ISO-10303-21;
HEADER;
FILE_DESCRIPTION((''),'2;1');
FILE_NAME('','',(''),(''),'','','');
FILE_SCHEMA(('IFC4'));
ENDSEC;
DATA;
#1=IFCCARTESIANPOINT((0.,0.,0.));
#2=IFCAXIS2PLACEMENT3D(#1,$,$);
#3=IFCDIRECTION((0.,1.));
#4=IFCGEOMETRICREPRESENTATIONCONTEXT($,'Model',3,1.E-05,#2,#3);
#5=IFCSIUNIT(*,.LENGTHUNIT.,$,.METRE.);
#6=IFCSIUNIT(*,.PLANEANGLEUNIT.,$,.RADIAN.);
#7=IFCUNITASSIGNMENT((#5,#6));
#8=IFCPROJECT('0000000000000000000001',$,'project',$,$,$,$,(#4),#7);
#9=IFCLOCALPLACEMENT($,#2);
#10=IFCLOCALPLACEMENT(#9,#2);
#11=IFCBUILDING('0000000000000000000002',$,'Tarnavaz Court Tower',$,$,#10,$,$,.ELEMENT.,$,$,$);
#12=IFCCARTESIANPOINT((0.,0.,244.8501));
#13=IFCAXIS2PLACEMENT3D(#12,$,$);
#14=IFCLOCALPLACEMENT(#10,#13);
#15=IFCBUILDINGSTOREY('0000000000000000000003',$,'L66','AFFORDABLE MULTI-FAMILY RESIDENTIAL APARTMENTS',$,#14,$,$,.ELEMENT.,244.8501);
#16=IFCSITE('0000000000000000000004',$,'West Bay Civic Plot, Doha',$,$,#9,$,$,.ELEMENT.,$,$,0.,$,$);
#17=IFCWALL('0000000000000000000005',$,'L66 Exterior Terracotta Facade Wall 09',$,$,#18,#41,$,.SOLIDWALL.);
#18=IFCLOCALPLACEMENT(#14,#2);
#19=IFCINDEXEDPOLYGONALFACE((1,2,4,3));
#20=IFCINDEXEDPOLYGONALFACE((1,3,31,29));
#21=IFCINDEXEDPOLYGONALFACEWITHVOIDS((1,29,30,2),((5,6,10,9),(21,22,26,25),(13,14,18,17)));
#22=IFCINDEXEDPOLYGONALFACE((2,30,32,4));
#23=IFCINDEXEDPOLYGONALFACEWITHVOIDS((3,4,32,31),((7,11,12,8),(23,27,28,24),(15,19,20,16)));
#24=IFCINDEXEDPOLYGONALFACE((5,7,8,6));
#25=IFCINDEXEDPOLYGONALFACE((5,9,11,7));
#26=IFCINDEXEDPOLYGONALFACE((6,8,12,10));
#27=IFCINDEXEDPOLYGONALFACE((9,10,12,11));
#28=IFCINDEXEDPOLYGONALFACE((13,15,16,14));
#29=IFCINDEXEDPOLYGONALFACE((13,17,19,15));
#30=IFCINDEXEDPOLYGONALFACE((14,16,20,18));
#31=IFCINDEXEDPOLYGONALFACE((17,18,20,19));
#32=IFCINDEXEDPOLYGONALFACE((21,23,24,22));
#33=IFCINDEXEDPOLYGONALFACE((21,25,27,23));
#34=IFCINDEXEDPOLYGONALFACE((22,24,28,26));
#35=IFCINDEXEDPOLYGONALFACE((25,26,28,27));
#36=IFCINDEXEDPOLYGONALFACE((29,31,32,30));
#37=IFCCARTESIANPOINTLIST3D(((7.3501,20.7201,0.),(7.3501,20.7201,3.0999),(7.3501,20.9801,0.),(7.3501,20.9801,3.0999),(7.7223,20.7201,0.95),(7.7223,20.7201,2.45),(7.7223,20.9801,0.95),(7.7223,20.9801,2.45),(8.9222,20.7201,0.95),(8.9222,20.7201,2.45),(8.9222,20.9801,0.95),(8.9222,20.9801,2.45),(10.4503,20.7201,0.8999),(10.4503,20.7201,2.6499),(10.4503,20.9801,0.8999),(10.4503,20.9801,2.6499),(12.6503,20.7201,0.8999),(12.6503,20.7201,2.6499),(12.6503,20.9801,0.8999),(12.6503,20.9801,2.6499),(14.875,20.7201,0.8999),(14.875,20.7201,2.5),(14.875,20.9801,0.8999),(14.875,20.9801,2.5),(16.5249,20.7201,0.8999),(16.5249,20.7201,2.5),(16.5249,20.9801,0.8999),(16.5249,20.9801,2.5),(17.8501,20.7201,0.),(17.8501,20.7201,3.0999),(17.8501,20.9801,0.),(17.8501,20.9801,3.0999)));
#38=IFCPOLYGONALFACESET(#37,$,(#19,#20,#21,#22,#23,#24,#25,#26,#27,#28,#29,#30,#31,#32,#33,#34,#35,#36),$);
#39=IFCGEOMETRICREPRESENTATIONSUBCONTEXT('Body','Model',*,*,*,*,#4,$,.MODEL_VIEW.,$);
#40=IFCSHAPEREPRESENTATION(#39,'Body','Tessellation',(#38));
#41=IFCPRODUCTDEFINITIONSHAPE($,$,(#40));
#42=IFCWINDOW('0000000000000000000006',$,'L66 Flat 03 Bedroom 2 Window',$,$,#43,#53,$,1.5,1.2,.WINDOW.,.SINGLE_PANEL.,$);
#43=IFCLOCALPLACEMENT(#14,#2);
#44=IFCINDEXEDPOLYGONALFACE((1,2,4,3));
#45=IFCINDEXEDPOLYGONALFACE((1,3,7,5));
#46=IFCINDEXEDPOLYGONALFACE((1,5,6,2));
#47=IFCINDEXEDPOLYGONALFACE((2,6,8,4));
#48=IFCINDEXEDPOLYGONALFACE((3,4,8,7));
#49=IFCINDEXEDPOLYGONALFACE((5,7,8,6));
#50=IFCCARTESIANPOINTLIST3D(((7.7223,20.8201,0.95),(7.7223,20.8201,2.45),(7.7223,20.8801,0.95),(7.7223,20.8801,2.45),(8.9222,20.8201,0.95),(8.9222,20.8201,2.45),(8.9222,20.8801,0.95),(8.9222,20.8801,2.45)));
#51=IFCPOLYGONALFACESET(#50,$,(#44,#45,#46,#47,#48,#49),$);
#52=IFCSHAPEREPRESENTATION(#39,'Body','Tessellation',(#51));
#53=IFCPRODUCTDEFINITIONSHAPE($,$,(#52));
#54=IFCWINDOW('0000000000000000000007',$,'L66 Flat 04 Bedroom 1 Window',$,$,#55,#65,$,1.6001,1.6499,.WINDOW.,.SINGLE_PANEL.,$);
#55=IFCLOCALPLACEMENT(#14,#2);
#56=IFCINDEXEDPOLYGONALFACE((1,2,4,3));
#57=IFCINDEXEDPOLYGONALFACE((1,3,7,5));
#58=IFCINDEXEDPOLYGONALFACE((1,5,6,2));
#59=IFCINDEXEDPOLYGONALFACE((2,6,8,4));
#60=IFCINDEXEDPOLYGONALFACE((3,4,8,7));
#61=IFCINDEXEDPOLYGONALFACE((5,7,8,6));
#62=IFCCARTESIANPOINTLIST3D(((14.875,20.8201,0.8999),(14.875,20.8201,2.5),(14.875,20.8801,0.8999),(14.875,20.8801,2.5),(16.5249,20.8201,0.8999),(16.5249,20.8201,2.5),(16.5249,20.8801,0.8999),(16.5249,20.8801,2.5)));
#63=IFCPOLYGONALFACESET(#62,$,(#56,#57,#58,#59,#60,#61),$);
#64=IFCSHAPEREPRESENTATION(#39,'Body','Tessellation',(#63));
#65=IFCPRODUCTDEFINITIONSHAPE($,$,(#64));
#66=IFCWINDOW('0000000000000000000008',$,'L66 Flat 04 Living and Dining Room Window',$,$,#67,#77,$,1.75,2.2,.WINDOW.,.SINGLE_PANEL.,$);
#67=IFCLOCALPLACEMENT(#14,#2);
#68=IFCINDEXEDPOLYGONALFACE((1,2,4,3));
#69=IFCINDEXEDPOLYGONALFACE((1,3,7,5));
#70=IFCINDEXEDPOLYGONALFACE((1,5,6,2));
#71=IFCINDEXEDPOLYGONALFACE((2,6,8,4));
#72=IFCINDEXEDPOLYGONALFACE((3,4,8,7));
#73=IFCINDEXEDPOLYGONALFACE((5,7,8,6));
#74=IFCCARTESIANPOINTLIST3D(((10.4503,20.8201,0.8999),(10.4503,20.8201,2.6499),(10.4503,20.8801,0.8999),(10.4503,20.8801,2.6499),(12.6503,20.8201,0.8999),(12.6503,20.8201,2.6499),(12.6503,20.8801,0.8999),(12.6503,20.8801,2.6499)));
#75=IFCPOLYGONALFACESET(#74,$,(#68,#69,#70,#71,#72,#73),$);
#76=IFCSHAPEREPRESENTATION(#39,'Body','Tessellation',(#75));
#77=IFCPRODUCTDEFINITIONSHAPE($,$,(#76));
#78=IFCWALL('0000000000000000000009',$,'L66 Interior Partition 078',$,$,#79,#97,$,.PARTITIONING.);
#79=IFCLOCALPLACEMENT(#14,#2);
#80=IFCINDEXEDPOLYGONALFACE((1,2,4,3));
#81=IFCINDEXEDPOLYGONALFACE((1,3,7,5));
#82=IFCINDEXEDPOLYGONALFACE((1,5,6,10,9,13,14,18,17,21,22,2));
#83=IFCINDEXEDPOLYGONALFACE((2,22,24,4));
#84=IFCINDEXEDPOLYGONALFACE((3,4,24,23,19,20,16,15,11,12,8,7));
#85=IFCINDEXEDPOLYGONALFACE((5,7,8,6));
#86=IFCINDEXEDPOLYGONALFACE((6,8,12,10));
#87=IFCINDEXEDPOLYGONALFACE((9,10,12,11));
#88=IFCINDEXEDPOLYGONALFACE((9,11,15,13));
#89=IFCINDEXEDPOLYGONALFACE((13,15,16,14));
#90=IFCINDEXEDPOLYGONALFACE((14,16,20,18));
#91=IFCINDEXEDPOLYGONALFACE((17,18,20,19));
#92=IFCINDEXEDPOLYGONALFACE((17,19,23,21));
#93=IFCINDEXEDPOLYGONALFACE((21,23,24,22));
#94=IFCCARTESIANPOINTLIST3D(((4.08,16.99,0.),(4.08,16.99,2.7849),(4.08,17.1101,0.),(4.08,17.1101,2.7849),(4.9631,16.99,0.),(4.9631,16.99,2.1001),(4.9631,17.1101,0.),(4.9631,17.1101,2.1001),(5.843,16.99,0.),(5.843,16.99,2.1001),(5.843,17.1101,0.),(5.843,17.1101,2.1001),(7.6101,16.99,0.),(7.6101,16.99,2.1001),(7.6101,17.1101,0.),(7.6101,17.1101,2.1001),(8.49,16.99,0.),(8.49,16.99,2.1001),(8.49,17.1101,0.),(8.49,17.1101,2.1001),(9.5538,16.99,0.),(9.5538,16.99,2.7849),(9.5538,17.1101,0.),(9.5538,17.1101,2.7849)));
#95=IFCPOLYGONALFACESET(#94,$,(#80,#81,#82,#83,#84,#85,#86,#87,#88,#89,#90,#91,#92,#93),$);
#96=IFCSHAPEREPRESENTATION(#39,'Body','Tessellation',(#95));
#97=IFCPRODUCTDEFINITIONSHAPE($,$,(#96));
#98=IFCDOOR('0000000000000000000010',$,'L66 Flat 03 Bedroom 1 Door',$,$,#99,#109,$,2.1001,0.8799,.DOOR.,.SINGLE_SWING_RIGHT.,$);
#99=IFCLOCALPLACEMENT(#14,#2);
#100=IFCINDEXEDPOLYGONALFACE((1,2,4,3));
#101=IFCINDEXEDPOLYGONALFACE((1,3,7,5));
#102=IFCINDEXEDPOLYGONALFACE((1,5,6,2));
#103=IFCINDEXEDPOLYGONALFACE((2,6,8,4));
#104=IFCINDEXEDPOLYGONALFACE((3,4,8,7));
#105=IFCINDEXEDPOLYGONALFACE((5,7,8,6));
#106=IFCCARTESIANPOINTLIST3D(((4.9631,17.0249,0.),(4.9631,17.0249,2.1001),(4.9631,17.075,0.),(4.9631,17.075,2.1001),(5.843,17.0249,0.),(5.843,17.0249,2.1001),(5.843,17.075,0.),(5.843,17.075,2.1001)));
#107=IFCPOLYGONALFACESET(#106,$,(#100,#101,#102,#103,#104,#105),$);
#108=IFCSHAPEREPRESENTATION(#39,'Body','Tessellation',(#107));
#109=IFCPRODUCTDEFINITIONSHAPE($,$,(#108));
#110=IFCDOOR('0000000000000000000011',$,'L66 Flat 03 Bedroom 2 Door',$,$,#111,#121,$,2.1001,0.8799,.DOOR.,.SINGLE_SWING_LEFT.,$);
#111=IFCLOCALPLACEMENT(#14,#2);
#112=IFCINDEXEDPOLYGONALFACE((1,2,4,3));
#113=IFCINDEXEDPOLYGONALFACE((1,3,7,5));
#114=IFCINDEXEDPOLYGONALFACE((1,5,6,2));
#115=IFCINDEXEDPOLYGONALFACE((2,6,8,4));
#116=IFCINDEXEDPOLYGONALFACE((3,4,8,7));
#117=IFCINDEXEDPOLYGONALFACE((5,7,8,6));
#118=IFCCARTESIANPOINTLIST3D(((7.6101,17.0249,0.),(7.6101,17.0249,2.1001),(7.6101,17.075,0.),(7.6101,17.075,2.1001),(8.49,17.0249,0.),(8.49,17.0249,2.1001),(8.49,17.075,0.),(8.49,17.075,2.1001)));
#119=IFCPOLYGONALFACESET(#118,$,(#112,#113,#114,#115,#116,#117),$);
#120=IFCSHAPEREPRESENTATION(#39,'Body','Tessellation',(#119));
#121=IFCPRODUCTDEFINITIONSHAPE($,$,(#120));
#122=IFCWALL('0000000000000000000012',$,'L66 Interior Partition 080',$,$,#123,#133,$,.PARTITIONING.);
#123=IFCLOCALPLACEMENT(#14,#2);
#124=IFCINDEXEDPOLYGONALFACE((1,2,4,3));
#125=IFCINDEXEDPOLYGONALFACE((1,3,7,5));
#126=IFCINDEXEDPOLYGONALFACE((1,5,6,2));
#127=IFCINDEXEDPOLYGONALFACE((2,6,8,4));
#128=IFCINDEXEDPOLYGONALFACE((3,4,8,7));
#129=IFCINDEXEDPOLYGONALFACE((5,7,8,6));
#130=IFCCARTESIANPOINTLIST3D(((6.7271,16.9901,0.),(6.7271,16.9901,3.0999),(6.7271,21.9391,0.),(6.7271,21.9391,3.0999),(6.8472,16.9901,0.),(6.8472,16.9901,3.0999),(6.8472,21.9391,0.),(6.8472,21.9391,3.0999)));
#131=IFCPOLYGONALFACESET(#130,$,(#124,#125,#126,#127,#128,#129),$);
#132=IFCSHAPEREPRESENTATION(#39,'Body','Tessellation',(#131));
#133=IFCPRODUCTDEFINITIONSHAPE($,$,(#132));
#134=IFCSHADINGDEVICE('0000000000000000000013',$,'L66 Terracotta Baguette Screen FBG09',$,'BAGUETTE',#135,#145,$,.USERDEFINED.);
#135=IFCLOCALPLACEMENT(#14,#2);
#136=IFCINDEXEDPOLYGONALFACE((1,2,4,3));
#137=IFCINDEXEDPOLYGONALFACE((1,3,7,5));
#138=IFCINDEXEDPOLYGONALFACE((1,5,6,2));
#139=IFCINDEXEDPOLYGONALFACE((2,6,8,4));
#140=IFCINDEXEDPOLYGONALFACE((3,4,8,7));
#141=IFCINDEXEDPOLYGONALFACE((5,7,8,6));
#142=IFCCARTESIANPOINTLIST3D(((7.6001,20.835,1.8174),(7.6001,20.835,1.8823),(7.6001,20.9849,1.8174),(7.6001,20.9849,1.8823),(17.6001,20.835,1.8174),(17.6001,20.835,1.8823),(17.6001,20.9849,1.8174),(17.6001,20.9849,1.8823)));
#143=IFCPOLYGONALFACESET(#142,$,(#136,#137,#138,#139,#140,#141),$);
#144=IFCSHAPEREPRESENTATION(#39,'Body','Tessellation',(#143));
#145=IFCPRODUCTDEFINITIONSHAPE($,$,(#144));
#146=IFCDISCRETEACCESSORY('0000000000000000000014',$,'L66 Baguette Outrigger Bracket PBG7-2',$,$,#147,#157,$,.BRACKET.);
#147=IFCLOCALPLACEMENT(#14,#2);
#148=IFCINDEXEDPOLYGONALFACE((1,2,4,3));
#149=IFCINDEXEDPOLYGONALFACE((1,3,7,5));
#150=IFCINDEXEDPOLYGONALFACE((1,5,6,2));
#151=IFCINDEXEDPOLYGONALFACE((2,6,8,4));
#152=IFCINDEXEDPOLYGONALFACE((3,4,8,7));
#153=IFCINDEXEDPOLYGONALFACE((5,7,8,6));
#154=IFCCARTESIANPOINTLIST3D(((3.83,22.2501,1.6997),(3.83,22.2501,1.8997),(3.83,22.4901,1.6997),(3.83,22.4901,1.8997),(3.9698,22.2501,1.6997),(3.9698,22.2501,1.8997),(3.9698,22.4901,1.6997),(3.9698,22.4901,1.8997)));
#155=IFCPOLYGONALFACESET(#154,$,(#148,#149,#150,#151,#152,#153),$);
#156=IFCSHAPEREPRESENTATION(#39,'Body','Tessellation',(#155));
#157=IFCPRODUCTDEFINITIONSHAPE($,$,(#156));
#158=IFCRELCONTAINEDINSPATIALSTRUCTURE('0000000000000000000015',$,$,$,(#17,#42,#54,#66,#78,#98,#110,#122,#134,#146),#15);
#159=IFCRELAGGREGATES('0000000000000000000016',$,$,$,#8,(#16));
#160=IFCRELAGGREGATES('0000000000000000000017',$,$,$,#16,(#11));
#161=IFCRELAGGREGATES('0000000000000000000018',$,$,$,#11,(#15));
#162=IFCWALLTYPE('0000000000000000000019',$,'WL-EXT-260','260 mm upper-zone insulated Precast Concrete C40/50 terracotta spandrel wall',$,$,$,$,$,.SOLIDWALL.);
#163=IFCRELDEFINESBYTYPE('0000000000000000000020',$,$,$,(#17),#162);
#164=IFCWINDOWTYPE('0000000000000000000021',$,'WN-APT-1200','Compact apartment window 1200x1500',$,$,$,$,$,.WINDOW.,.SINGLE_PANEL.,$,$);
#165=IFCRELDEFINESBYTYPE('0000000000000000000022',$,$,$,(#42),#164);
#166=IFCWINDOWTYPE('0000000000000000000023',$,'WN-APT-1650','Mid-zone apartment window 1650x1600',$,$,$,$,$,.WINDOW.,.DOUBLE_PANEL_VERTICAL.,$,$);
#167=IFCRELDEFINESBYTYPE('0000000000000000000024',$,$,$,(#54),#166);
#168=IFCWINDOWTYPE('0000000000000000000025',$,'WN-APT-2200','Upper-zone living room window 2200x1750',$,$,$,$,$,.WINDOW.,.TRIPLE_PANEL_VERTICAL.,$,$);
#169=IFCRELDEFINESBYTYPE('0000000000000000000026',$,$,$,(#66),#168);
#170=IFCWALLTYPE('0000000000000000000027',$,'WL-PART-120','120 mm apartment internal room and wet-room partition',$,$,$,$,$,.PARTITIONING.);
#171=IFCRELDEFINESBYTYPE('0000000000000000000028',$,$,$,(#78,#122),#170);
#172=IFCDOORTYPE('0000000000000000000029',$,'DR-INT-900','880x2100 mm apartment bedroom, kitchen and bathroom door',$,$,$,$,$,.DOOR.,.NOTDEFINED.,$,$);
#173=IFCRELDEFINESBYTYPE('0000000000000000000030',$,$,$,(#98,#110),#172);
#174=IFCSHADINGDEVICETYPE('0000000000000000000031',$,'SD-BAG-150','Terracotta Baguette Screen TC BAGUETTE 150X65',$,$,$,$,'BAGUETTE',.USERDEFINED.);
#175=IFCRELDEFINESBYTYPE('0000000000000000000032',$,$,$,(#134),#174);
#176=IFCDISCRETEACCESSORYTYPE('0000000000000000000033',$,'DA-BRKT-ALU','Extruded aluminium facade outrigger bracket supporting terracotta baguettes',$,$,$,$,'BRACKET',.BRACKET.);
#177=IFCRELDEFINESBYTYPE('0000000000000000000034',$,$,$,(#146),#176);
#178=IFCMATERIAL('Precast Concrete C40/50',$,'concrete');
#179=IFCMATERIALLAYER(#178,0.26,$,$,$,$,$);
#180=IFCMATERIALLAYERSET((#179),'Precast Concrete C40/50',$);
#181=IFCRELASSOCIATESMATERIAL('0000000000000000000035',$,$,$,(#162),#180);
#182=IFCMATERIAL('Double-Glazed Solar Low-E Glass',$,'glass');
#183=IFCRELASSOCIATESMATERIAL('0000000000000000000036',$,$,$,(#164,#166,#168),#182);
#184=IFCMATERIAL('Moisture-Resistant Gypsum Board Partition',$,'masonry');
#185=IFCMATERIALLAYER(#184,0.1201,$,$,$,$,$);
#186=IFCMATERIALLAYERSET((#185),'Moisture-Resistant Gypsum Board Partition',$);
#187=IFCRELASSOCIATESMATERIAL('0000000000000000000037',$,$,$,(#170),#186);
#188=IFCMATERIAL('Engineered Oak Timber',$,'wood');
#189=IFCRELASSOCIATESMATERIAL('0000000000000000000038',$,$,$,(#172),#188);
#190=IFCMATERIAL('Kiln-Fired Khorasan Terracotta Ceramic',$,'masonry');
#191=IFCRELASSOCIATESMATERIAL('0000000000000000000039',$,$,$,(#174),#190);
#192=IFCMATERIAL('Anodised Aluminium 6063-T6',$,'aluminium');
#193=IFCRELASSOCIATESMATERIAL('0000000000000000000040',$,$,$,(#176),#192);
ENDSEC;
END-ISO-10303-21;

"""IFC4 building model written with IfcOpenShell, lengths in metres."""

from ifc_helpers import new_model, si_unit, direction, frame, frame_2d, origin, origin_2d, place, context, subcontext, project, spatial, rectangle, extrude, material, layer, layer_set, material_profile, profile_set, type_object, element, fill, save


model = new_model("IFC4")

# Units and contexts
model_context = context("Model", 3, precision=1e-05, world=origin(), true_north=direction((0.0, 1.0)))
body_context = subcontext(model_context, "Body", "Model", "MODEL_VIEW")
ifc_project = project(units=[si_unit("LENGTHUNIT", "METRE"), si_unit("PLANEANGLEUNIT", "RADIAN")], contexts=[model_context])

# Site, building, storey
site_placement = place(None, origin())
site = spatial("IfcSite", under=ifc_project, at=site_placement, Name="West Bay Civic Plot, Doha", CompositionType="ELEMENT", RefElevation=0.0)
building_placement = place(site_placement, origin())
building = spatial("IfcBuilding", under=site, at=building_placement, Name="Tarnavaz Court Tower", CompositionType="ELEMENT")
storey_placement = place(building_placement, frame((0.0, 0.0, 244.8501)))
storey = spatial("IfcBuildingStorey", under=building, at=storey_placement, Name="L66", Description="AFFORDABLE MULTI-FAMILY RESIDENTIAL APARTMENTS", CompositionType="ELEMENT", Elevation=244.8501)

# Shared definitions
ifc_material_1 = material(Name="Anodised Aluminium 6063-T6", Category="aluminium")
ifc_material_2 = material(Name="Double-Glazed Solar Low-E Glass", Category="glass")

# Shared definitions
ifc_material_3 = material(Name="Precast Concrete C40/50", Category="concrete")
ifc_layer_1 = layer(ifc_material_3, 0.26)
ifc_layer_set_1 = layer_set([ifc_layer_1], Name="Precast Concrete C40/50")
wall_type_1 = type_object("IfcWallType", Name="WL-EXT-260", Description="260 mm upper-zone insulated Precast Concrete C40/50 terracotta spandrel wall", PredefinedType="SOLIDWALL", material=ifc_layer_set_1)

# Wall, openings, windows
wall_1_placement = place(storey_placement, frame((7.3501, 20.8501, 0.0), z_axis=(0.0, 0.0, 1.0), x_axis=(1.0, 0.0, 0.0)))
wall_1 = element("IfcWall", 1, at=wall_1_placement, inside=storey, type_object=wall_type_1, Name="L66 Exterior Terracotta Facade Wall 09", PredefinedType="SOLIDWALL", context=body_context, shape_type="SweptSolid", body=[
    extrude(rectangle(XDim=10.5, YDim=0.26, at=frame_2d((5.25, 0.0))), origin(), (0.0, 0.0, 1.0), 3.0999),
])
opening_1_placement = place(wall_1_placement, frame((0.3721, 0.0, 0.95)))
opening_1 = element("IfcOpeningElement", 2, at=opening_1_placement, cuts=wall_1, PredefinedType="OPENING", context=body_context, shape_type="SweptSolid", body=[
    extrude(rectangle(XDim=1.2, YDim=1.5, at=frame_2d((0.6001, 0.75))), frame((0.0, 0.1399, 0.0), z_axis=(0.0, -1.0, 0.0), x_axis=(1.0, 0.0, 0.0)), (0.0, 0.0, 1.0), 0.28),
])
opening_2_placement = place(wall_1_placement, frame((3.1001, 0.0, 0.8999)))
opening_2 = element("IfcOpeningElement", 3, at=opening_2_placement, cuts=wall_1, PredefinedType="OPENING", context=body_context, shape_type="SweptSolid", body=[
    extrude(rectangle(XDim=2.2, YDim=1.75, at=frame_2d((1.1001, 0.875))), frame((0.0, 0.1399, 0.0), z_axis=(0.0, -1.0, 0.0), x_axis=(1.0, 0.0, 0.0)), (0.0, 0.0, 1.0), 0.28),
])
opening_3_placement = place(wall_1_placement, frame((7.5249, 0.0, 0.8999)))
opening_3 = element("IfcOpeningElement", 4, at=opening_3_placement, cuts=wall_1, PredefinedType="OPENING", context=body_context, shape_type="SweptSolid", body=[
    extrude(rectangle(XDim=1.6499, YDim=1.6001, at=frame_2d((0.825, 0.8))), frame((0.0, 0.1399, 0.0), z_axis=(0.0, -1.0, 0.0), x_axis=(1.0, 0.0, 0.0)), (0.0, 0.0, 1.0), 0.28),
])
window_type_1 = type_object("IfcWindowType", Name="WN-APT-1200", Description="Compact apartment window 1200x1500", PartitioningType="SINGLE_PANEL", PredefinedType="WINDOW", material=ifc_material_2)
window_1_placement = place(opening_1_placement, origin())
window_1 = element("IfcWindow", 5, at=window_1_placement, inside=storey, type_object=window_type_1, Name="L66 Flat 03 Bedroom 2 Window", OverallHeight=1.5, OverallWidth=1.2, PartitioningType="SINGLE_PANEL", PredefinedType="WINDOW", context=body_context, shape_type="SweptSolid", body=[
    extrude(rectangle(XDim=1.2, YDim=1.5, at=frame_2d((0.6001, 0.75))), frame((0.0, 0.03, 0.0), z_axis=(0.0, -1.0, 0.0), x_axis=(1.0, 0.0, 0.0)), (0.0, 0.0, 1.0), 0.0601),
])
fill(opening_1, window_1)
window_type_2 = type_object("IfcWindowType", Name="WN-APT-1650", Description="Mid-zone apartment window 1650x1600", PartitioningType="DOUBLE_PANEL_VERTICAL", PredefinedType="WINDOW", material=ifc_material_2)
window_2_placement = place(opening_3_placement, origin())
window_2 = element("IfcWindow", 6, at=window_2_placement, inside=storey, type_object=window_type_2, Name="L66 Flat 04 Bedroom 1 Window", OverallHeight=1.6001, OverallWidth=1.6499, PartitioningType="SINGLE_PANEL", PredefinedType="WINDOW", context=body_context, shape_type="SweptSolid", body=[
    extrude(rectangle(XDim=1.6499, YDim=1.6001, at=frame_2d((0.825, 0.8))), frame((0.0, 0.03, 0.0), z_axis=(0.0, -1.0, 0.0), x_axis=(1.0, 0.0, 0.0)), (0.0, 0.0, 1.0), 0.0601),
])
fill(opening_3, window_2)
window_type_3 = type_object("IfcWindowType", Name="WN-APT-2200", Description="Upper-zone living room window 2200x1750", PartitioningType="TRIPLE_PANEL_VERTICAL", PredefinedType="WINDOW", material=ifc_material_2)
window_3_placement = place(opening_2_placement, origin())
window_3 = element("IfcWindow", 7, at=window_3_placement, inside=storey, type_object=window_type_3, Name="L66 Flat 04 Living and Dining Room Window", OverallHeight=1.75, OverallWidth=2.2, PartitioningType="SINGLE_PANEL", PredefinedType="WINDOW", context=body_context, shape_type="SweptSolid", body=[
    extrude(rectangle(XDim=2.2, YDim=1.75, at=frame_2d((1.1001, 0.875))), frame((0.0, 0.03, 0.0), z_axis=(0.0, -1.0, 0.0), x_axis=(1.0, 0.0, 0.0)), (0.0, 0.0, 1.0), 0.0601),
])
fill(opening_2, window_3)

# Wall, openings, doors
ifc_material_4 = material(Name="Moisture-Resistant Gypsum Board Partition", Category="masonry")
ifc_layer_2 = layer(ifc_material_4, 0.1201)
ifc_layer_set_2 = layer_set([ifc_layer_2], Name="Moisture-Resistant Gypsum Board Partition")
wall_type_2 = type_object("IfcWallType", Name="WL-PART-120", Description="120 mm apartment internal room and wet-room partition", PredefinedType="PARTITIONING", material=ifc_layer_set_2)
wall_2_placement = place(storey_placement, frame((4.0801, 17.05, 0.0), z_axis=(0.0, 0.0, 1.0), x_axis=(1.0, 0.0, 0.0)))
wall_2 = element("IfcWall", 8, at=wall_2_placement, inside=storey, type_object=wall_type_2, Name="L66 Interior Partition 078", PredefinedType="PARTITIONING", context=body_context, shape_type="SweptSolid", body=[
    extrude(rectangle(XDim=5.4739, YDim=0.1201, at=frame_2d((2.7368, 0.0))), origin(), (0.0, 0.0, 1.0), 2.7849),
])
opening_4_placement = place(wall_2_placement, frame((0.8831, 0.0, 0.0)))
opening_4 = element("IfcOpeningElement", 9, at=opening_4_placement, cuts=wall_2, PredefinedType="OPENING", context=body_context, shape_type="SweptSolid", body=[
    extrude(rectangle(XDim=0.8799, YDim=2.1001, at=frame_2d((0.4399, 1.05))), frame((0.0, 0.0701, 0.0), z_axis=(0.0, -1.0, 0.0), x_axis=(1.0, 0.0, 0.0)), (0.0, 0.0, 1.0), 0.1401),
])
opening_5_placement = place(wall_2_placement, frame((3.53, 0.0, 0.0)))
opening_5 = element("IfcOpeningElement", 10, at=opening_5_placement, cuts=wall_2, PredefinedType="OPENING", context=body_context, shape_type="SweptSolid", body=[
    extrude(rectangle(XDim=0.8799, YDim=2.1001, at=frame_2d((0.4399, 1.05))), frame((0.0, 0.0701, 0.0), z_axis=(0.0, -1.0, 0.0), x_axis=(1.0, 0.0, 0.0)), (0.0, 0.0, 1.0), 0.1401),
])
ifc_material_5 = material(Name="Engineered Oak Timber", Category="wood")
door_type = type_object("IfcDoorType", Name="DR-INT-900", Description="880x2100 mm apartment bedroom, kitchen and bathroom door", OperationType="NOTDEFINED", PredefinedType="DOOR", material=ifc_material_5)
door_1_placement = place(opening_4_placement, origin())
door_1 = element("IfcDoor", 11, at=door_1_placement, inside=storey, type_object=door_type, Name="L66 Flat 03 Bedroom 1 Door", OperationType="SINGLE_SWING_RIGHT", OverallHeight=2.1001, OverallWidth=0.8799, PredefinedType="DOOR", context=body_context, shape_type="SweptSolid", body=[
    extrude(rectangle(XDim=0.8799, YDim=2.1001, at=frame_2d((0.4399, 1.05))), frame((0.0, 0.0249, 0.0), z_axis=(0.0, -1.0, 0.0), x_axis=(1.0, 0.0, 0.0)), (0.0, 0.0, 1.0), 0.05),
])
fill(opening_4, door_1)
door_2_placement = place(opening_5_placement, origin())
door_2 = element("IfcDoor", 12, at=door_2_placement, inside=storey, type_object=door_type, Name="L66 Flat 03 Bedroom 2 Door", OperationType="SINGLE_SWING_LEFT", OverallHeight=2.1001, OverallWidth=0.8799, PredefinedType="DOOR", context=body_context, shape_type="SweptSolid", body=[
    extrude(rectangle(XDim=0.8799, YDim=2.1001, at=frame_2d((0.4399, 1.05))), frame((0.0, 0.0249, 0.0), z_axis=(0.0, -1.0, 0.0), x_axis=(1.0, 0.0, 0.0)), (0.0, 0.0, 1.0), 0.05),
])
fill(opening_5, door_2)

# Wall
wall_3_placement = place(storey_placement, frame((6.7871, 16.99, 0.0), z_axis=(0.0, 0.0, 1.0), x_axis=(0.0, 1.0, 0.0)))
element("IfcWall", 13, at=wall_3_placement, inside=storey, type_object=wall_type_2, Name="L66 Interior Partition 080", PredefinedType="PARTITIONING", context=body_context, shape_type="SweptSolid", body=[
    extrude(rectangle(XDim=4.949, YDim=0.1201, at=frame_2d((2.4746, 0.0))), origin(), (0.0, 0.0, 1.0), 3.0999),
])

# Shading device
ifc_material_6 = material(Name="Kiln-Fired Khorasan Terracotta Ceramic", Category="masonry")
ifc_material_profile_1 = material_profile(ifc_material_6, rectangle(XDim=0.1499, YDim=0.0649, at=origin_2d()), Name="TC BAGUETTE 150X65")
ifc_profile_set_1 = profile_set([ifc_material_profile_1], Name="Kiln-Fired Khorasan Terracotta Ceramic")
shading_device_type = type_object("IfcShadingDeviceType", Name="SD-BAG-150", Description="Terracotta Baguette Screen TC BAGUETTE 150X65", ElementType="BAGUETTE", PredefinedType="USERDEFINED", material=ifc_profile_set_1)
shading_device_placement = place(storey_placement, frame((7.6001, 20.9099, 1.8499), z_axis=(1.0, 0.0, 0.0), x_axis=(0.0, 1.0, 0.0)))
element("IfcShadingDevice", 14, at=shading_device_placement, inside=storey, type_object=shading_device_type, Name="L66 Terracotta Baguette Screen FBG09", ObjectType="BAGUETTE", PredefinedType="USERDEFINED", context=body_context, shape_type="SweptSolid", body=[
    extrude(rectangle(XDim=0.1499, YDim=0.0649, at=origin_2d()), origin(), (0.0, 0.0, 1.0), 10.0),
])

# Discrete accessory
discrete_accessory_type = type_object("IfcDiscreteAccessoryType", Name="DA-BRKT-ALU", Description="Extruded aluminium facade outrigger bracket supporting terracotta baguettes", ElementType="BRACKET", PredefinedType="BRACKET", material=ifc_material_1)
for number, where, z_axis, x_axis, name in (
    (15, (3.8999, 22.3701, 1.6997), (0.0, 0.0, 1.0), (1.0, 0.0, 0.0), "L66 Baguette Outrigger Bracket PBG7-2"),
):
    element("IfcDiscreteAccessory", number, at=place(storey_placement, frame(where, z_axis=z_axis, x_axis=x_axis)), inside=storey, type_object=discrete_accessory_type, Name=name, PredefinedType="BRACKET", context=body_context, shape_type="SweptSolid", body=[
        extrude(rectangle(XDim=0.1399, YDim=0.24, at=origin_2d()), origin(), (0.0, 0.0, 1.0), 0.2),
    ])

save(model, "model.ifc")
